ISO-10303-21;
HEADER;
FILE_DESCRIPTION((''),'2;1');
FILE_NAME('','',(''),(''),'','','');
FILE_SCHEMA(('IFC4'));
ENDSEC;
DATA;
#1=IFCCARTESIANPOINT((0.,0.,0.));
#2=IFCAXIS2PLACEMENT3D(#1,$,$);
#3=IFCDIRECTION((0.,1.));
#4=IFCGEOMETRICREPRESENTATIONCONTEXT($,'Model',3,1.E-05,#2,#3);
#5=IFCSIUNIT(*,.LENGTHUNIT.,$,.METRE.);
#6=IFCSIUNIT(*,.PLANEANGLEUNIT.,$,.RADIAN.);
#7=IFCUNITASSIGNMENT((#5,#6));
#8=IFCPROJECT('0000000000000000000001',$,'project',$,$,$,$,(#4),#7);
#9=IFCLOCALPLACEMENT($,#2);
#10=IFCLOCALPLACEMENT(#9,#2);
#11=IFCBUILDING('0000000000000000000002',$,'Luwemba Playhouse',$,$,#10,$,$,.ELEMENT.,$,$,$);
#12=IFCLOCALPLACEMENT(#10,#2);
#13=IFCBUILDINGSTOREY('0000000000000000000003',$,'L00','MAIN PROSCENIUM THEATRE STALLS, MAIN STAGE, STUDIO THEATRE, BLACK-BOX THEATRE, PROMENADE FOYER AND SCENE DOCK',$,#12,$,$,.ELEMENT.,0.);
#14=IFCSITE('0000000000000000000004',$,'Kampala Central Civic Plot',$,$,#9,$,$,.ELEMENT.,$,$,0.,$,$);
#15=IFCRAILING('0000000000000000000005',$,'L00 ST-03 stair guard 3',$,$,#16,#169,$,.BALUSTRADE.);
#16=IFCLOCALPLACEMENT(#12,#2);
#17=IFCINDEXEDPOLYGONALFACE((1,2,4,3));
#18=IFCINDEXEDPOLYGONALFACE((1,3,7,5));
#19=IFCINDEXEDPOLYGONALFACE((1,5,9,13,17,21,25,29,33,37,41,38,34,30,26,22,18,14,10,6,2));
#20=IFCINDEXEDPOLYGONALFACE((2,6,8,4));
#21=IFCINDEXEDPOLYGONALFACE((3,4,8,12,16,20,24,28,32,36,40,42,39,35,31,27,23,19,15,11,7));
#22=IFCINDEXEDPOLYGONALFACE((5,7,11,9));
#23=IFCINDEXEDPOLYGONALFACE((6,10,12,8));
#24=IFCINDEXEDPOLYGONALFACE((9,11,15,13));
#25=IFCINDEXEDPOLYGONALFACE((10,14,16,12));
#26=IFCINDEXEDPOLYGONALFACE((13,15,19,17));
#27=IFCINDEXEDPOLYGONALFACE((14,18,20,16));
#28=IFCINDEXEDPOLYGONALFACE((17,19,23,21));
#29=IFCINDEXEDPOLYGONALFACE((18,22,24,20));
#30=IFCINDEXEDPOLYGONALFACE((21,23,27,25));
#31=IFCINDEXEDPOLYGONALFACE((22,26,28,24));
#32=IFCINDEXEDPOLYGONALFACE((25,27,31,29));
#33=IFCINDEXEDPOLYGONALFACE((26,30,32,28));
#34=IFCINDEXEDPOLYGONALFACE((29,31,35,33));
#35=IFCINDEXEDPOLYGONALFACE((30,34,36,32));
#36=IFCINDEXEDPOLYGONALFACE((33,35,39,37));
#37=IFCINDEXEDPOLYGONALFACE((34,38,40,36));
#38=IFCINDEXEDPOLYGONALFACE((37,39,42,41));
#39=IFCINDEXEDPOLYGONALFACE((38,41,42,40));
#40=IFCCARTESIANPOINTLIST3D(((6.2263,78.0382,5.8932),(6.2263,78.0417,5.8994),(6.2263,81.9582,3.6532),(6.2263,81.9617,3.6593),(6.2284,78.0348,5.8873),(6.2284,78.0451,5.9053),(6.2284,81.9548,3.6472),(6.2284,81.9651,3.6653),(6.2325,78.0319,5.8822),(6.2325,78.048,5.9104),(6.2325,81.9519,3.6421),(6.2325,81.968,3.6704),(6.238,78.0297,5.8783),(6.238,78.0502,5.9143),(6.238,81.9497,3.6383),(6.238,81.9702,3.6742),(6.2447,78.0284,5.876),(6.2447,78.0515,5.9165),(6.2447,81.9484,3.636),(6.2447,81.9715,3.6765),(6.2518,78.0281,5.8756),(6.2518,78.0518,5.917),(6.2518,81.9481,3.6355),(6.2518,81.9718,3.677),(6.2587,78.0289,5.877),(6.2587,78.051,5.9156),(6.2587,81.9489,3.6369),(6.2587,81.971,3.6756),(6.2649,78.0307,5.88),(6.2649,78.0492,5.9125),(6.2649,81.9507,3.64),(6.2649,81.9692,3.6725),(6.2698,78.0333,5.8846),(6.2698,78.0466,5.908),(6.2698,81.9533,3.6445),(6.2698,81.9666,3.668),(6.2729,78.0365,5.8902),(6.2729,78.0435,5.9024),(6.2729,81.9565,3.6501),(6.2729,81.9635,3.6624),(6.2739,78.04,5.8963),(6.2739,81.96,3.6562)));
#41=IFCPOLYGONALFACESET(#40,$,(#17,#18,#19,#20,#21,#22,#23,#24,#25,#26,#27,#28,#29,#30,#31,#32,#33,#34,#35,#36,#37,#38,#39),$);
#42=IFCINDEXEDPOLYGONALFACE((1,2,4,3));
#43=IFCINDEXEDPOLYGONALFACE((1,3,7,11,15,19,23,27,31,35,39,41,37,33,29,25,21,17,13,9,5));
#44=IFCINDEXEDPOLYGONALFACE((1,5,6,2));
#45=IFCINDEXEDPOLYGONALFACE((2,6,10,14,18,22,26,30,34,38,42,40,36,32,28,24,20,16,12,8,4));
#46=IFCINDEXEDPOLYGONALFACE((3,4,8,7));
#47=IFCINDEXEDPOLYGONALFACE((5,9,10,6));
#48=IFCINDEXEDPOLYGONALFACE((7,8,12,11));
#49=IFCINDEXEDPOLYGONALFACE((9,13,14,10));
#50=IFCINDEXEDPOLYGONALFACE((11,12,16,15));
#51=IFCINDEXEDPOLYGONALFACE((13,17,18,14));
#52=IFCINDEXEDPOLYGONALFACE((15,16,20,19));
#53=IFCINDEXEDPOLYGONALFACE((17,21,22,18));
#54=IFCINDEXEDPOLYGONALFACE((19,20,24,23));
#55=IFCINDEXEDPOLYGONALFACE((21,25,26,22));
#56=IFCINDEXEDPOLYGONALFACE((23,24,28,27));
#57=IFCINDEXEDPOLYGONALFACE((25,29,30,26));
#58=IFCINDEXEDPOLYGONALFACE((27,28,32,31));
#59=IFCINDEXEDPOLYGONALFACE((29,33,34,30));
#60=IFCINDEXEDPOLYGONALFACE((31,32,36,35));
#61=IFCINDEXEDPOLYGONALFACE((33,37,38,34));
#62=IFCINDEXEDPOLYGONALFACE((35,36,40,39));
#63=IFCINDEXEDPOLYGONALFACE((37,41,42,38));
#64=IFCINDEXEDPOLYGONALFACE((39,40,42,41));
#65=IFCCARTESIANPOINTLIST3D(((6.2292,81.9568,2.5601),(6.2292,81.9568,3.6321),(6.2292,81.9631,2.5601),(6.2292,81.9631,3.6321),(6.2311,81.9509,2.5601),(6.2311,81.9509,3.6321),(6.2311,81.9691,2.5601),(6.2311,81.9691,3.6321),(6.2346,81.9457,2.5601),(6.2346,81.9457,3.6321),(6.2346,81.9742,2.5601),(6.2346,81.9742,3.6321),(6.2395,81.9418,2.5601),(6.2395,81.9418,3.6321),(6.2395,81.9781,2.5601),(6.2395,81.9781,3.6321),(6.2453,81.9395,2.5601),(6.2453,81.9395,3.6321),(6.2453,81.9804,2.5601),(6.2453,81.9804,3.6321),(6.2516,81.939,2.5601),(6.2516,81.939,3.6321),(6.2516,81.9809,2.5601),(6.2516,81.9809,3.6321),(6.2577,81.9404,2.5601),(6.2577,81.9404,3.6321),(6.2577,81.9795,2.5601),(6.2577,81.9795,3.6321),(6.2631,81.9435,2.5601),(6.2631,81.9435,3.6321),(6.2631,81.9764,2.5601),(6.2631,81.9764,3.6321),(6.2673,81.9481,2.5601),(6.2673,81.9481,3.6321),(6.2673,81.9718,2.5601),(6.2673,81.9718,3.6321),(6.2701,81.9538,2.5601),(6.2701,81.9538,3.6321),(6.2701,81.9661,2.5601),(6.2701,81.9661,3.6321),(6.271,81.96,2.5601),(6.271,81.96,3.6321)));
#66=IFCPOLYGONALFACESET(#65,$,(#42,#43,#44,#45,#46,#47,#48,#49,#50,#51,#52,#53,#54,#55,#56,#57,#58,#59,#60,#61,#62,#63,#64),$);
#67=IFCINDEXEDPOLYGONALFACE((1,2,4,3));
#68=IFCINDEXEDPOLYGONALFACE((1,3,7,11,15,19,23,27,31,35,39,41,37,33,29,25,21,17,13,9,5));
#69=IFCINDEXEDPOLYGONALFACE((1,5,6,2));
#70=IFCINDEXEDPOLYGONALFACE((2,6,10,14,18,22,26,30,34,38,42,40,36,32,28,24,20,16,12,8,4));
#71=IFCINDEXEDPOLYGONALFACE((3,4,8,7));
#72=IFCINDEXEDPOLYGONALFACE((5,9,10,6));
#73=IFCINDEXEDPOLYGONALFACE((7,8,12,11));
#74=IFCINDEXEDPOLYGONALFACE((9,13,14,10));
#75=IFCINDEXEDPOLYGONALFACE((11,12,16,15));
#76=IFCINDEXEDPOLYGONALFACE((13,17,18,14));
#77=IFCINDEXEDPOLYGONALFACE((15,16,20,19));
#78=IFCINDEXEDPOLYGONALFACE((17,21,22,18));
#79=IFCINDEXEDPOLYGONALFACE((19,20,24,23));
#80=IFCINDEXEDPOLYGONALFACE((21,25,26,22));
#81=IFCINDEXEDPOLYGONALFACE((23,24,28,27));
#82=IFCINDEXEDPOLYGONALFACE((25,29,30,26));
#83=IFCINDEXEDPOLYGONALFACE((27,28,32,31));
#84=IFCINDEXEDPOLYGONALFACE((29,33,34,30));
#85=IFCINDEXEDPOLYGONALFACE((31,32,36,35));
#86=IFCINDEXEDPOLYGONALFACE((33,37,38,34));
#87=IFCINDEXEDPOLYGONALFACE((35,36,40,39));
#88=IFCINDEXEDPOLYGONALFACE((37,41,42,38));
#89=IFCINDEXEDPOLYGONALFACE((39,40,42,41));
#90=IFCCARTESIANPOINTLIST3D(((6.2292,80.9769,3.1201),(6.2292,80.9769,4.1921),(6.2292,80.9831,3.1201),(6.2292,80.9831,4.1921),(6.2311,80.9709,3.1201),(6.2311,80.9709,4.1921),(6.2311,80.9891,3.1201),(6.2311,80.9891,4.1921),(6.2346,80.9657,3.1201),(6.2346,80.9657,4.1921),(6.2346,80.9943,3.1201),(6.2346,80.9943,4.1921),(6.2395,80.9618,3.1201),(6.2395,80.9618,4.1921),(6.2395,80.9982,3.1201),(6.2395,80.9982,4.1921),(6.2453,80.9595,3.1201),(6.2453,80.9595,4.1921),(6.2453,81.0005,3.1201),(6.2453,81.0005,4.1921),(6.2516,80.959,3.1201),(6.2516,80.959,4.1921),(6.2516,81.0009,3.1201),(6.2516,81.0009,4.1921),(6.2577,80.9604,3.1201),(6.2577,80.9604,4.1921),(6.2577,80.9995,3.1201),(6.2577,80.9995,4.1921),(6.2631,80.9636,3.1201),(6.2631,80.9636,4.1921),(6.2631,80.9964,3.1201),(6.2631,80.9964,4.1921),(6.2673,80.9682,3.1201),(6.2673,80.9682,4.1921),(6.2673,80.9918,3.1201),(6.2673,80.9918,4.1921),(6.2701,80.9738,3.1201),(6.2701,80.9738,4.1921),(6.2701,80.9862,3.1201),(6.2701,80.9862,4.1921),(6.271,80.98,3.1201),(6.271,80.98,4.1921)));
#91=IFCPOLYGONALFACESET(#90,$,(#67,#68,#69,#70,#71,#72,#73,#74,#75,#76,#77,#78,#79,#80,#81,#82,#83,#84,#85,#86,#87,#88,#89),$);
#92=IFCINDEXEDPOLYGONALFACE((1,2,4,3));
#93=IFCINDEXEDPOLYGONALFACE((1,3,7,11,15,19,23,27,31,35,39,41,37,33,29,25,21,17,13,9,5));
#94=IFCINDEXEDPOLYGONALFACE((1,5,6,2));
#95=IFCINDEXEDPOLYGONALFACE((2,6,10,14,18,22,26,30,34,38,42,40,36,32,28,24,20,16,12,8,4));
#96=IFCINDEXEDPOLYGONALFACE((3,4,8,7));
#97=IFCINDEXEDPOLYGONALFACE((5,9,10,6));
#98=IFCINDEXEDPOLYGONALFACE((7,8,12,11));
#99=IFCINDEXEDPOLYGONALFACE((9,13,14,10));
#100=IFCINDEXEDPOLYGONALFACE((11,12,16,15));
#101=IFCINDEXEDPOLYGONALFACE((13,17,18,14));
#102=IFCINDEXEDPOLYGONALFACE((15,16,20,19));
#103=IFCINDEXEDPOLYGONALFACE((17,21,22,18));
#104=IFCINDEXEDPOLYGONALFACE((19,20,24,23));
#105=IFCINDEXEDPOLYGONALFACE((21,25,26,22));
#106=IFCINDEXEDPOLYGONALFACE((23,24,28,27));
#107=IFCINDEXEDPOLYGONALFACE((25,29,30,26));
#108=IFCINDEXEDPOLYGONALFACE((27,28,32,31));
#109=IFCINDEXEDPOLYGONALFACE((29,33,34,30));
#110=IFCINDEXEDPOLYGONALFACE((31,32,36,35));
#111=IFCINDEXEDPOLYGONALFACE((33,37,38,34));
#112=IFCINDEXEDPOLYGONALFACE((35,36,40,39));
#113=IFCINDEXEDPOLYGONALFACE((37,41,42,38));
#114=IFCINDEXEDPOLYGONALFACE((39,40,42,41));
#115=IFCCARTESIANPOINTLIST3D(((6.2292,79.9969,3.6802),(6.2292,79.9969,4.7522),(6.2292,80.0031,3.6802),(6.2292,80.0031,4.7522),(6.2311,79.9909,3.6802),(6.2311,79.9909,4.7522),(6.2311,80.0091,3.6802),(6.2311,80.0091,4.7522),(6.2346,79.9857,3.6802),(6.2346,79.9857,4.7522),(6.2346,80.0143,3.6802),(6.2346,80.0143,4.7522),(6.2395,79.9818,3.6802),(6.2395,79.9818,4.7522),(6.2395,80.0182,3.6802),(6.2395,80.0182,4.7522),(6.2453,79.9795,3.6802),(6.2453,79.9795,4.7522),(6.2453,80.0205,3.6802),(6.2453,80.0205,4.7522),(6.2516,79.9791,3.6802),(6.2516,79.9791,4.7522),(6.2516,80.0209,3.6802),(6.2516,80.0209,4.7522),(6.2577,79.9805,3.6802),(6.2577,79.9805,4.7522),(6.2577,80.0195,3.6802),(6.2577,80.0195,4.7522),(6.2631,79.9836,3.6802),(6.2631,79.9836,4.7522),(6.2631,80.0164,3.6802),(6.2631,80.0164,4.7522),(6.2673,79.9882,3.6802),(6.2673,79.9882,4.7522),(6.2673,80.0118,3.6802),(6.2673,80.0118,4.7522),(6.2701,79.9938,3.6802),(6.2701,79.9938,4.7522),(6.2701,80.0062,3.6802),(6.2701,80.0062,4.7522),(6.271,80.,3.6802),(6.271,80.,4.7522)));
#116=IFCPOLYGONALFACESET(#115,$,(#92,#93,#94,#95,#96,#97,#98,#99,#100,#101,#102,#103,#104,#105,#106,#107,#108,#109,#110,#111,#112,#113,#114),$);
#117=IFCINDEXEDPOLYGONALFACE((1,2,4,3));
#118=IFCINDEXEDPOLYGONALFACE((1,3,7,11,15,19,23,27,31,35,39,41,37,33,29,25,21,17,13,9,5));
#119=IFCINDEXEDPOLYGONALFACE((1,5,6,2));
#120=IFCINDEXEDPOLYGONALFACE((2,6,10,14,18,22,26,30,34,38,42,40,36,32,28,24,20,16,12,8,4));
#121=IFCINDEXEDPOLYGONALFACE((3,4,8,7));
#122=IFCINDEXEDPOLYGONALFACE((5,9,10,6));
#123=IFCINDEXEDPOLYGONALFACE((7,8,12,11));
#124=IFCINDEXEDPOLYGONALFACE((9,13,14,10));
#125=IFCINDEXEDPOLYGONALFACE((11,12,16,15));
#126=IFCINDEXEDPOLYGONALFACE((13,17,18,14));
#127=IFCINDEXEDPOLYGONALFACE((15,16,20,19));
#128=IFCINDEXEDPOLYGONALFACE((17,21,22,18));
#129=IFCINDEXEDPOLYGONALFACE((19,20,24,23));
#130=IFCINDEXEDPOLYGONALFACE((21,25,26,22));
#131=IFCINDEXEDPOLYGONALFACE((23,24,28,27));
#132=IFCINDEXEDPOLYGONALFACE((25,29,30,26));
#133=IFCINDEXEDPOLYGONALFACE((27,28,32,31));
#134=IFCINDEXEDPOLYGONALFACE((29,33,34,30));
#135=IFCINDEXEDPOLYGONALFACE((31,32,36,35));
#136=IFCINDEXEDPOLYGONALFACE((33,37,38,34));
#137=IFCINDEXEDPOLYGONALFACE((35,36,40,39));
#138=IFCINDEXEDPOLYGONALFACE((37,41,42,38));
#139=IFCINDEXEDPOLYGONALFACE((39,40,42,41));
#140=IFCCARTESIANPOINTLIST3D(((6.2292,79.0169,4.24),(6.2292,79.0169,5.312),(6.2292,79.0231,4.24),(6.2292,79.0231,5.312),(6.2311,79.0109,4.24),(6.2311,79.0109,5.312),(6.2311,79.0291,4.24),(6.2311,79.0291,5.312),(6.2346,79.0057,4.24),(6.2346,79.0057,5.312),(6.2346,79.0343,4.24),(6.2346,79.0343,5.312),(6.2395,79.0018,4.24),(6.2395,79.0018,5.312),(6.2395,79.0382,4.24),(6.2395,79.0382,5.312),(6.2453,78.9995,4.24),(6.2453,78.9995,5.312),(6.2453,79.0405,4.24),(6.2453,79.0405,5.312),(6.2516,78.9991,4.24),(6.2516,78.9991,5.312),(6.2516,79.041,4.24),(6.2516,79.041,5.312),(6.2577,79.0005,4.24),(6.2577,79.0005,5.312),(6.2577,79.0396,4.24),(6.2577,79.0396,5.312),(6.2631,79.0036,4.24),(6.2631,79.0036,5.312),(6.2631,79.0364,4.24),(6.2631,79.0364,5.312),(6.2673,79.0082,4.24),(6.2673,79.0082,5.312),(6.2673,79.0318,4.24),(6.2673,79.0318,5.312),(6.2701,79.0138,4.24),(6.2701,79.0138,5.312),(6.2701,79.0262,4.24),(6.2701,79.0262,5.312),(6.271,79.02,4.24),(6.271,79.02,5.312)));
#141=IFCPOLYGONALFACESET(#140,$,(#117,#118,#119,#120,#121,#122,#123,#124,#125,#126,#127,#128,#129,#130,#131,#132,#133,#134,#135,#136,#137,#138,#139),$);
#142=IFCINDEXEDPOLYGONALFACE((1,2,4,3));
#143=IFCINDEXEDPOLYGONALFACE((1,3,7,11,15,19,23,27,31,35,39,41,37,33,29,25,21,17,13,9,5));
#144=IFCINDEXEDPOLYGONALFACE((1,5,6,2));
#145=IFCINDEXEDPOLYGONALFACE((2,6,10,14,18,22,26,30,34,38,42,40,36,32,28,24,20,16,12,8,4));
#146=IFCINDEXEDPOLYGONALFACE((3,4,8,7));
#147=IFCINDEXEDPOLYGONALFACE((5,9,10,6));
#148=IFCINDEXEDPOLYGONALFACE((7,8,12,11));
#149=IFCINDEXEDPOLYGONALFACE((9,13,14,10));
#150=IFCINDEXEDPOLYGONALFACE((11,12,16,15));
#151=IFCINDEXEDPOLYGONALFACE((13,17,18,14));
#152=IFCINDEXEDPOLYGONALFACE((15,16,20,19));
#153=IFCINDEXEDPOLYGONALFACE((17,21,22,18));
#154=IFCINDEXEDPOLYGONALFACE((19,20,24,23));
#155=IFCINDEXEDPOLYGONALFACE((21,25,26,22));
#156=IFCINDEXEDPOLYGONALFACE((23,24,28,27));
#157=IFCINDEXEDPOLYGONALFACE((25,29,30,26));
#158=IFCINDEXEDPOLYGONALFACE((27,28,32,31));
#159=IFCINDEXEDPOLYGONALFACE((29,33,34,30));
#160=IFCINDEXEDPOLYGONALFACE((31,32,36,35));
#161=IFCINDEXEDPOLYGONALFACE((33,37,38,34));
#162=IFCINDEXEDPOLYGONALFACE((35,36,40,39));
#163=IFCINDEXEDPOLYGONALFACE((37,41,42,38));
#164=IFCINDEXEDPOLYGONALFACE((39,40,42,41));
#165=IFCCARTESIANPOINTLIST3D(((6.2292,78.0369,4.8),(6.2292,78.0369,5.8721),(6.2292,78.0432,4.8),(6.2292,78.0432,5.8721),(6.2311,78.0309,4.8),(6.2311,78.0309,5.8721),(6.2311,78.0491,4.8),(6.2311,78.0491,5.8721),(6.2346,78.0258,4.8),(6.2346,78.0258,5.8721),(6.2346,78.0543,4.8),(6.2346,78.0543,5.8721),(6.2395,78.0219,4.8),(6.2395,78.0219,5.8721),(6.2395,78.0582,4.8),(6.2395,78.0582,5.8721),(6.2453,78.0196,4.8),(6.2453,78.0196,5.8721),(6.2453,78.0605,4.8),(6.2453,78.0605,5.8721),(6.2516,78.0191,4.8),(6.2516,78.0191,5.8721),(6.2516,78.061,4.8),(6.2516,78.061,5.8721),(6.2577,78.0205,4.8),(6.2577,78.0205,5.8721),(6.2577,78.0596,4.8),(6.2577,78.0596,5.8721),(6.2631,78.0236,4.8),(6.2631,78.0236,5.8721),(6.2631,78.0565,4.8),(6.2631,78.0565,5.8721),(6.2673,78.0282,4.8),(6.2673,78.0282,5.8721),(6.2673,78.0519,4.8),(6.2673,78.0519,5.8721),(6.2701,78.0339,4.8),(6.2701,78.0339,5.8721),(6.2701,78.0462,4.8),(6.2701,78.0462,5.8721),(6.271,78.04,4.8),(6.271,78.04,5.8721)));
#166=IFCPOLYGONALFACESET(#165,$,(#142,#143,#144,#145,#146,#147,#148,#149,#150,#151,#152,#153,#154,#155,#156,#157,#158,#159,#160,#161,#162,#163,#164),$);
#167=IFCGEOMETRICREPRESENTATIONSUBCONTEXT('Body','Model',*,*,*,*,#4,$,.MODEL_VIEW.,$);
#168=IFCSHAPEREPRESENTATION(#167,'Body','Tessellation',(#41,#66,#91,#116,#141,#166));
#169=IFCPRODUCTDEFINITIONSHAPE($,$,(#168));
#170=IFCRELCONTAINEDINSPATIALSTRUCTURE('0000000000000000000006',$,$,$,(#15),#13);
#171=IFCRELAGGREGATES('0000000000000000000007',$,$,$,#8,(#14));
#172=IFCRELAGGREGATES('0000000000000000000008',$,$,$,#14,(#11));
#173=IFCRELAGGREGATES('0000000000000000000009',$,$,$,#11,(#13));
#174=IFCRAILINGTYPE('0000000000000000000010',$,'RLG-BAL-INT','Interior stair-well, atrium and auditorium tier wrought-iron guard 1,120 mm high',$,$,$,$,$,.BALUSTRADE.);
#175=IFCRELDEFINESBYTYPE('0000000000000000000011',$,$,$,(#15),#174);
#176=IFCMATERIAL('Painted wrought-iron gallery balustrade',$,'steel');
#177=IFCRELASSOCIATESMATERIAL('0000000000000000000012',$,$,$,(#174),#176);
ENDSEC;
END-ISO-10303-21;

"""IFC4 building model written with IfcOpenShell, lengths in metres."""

from ifc_helpers import new_model, si_unit, direction, frame, origin, origin_2d, place, context, subcontext, project, spatial, circle, extrude, material, type_object, element, save


model = new_model("IFC4")

# Units and contexts
model_context = context("Model", 3, precision=1e-05, world=origin(), true_north=direction((0.0, 1.0)))
body_context = subcontext(model_context, "Body", "Model", "MODEL_VIEW")
ifc_project = project(units=[si_unit("LENGTHUNIT", "METRE"), si_unit("PLANEANGLEUNIT", "RADIAN")], contexts=[model_context])

# Site, building, storey
site_placement = place(None, origin())
site = spatial("IfcSite", under=ifc_project, at=site_placement, Name="Kampala Central Civic Plot", CompositionType="ELEMENT", RefElevation=0.0)
building_placement = place(site_placement, origin())
building = spatial("IfcBuilding", under=site, at=building_placement, Name="Luwemba Playhouse", CompositionType="ELEMENT")
storey_placement = place(building_placement, origin())
storey = spatial("IfcBuildingStorey", under=building, at=storey_placement, Name="L00", Description="MAIN PROSCENIUM THEATRE STALLS, MAIN STAGE, STUDIO THEATRE, BLACK-BOX THEATRE, PROMENADE FOYER AND SCENE DOCK", CompositionType="ELEMENT", Elevation=0.0)

# Railing
ifc_material_1 = material(Name="Painted wrought-iron gallery balustrade", Category="steel")
railing_type_1 = type_object("IfcRailingType", Name="RLG-BAL-INT", Description="Interior stair-well, atrium and auditorium tier wrought-iron guard 1,120 mm high", PredefinedType="BALUSTRADE", material=ifc_material_1)
railing_1_placement = place(storey_placement, frame((6.25, 81.96, 2.5601)))
element("IfcRailing", 1, at=railing_1_placement, inside=storey, type_object=railing_type_1, Name="L00 ST-03 stair guard 3", PredefinedType="BALUSTRADE", context=body_context, shape_type="SweptSolid", body=[
    extrude(circle(Radius=0.0239, at=origin_2d()), frame((0.0, 0.0, 1.0962), z_axis=(0.0, -0.86824, 0.496145), x_axis=(1.0, 0.0, 0.0)), (0.0, 0.0, 1.0), 4.5149),
    extrude(circle(Radius=0.021, at=origin_2d()), origin(), (0.0, 0.0, 1.0), 1.072),
    extrude(circle(Radius=0.021, at=origin_2d()), frame((0.0, -0.98, 0.5601)), (0.0, 0.0, 1.0), 1.072),
    extrude(circle(Radius=0.021, at=origin_2d()), frame((0.0, -1.96, 1.1201)), (0.0, 0.0, 1.0), 1.072),
    extrude(circle(Radius=0.021, at=origin_2d()), frame((0.0, -2.9399, 1.6799)), (0.0, 0.0, 1.0), 1.072),
    extrude(circle(Radius=0.021, at=origin_2d()), frame((0.0, -3.9199, 2.24)), (0.0, 0.0, 1.0), 1.072),
])

save(model, "model.ifc")
